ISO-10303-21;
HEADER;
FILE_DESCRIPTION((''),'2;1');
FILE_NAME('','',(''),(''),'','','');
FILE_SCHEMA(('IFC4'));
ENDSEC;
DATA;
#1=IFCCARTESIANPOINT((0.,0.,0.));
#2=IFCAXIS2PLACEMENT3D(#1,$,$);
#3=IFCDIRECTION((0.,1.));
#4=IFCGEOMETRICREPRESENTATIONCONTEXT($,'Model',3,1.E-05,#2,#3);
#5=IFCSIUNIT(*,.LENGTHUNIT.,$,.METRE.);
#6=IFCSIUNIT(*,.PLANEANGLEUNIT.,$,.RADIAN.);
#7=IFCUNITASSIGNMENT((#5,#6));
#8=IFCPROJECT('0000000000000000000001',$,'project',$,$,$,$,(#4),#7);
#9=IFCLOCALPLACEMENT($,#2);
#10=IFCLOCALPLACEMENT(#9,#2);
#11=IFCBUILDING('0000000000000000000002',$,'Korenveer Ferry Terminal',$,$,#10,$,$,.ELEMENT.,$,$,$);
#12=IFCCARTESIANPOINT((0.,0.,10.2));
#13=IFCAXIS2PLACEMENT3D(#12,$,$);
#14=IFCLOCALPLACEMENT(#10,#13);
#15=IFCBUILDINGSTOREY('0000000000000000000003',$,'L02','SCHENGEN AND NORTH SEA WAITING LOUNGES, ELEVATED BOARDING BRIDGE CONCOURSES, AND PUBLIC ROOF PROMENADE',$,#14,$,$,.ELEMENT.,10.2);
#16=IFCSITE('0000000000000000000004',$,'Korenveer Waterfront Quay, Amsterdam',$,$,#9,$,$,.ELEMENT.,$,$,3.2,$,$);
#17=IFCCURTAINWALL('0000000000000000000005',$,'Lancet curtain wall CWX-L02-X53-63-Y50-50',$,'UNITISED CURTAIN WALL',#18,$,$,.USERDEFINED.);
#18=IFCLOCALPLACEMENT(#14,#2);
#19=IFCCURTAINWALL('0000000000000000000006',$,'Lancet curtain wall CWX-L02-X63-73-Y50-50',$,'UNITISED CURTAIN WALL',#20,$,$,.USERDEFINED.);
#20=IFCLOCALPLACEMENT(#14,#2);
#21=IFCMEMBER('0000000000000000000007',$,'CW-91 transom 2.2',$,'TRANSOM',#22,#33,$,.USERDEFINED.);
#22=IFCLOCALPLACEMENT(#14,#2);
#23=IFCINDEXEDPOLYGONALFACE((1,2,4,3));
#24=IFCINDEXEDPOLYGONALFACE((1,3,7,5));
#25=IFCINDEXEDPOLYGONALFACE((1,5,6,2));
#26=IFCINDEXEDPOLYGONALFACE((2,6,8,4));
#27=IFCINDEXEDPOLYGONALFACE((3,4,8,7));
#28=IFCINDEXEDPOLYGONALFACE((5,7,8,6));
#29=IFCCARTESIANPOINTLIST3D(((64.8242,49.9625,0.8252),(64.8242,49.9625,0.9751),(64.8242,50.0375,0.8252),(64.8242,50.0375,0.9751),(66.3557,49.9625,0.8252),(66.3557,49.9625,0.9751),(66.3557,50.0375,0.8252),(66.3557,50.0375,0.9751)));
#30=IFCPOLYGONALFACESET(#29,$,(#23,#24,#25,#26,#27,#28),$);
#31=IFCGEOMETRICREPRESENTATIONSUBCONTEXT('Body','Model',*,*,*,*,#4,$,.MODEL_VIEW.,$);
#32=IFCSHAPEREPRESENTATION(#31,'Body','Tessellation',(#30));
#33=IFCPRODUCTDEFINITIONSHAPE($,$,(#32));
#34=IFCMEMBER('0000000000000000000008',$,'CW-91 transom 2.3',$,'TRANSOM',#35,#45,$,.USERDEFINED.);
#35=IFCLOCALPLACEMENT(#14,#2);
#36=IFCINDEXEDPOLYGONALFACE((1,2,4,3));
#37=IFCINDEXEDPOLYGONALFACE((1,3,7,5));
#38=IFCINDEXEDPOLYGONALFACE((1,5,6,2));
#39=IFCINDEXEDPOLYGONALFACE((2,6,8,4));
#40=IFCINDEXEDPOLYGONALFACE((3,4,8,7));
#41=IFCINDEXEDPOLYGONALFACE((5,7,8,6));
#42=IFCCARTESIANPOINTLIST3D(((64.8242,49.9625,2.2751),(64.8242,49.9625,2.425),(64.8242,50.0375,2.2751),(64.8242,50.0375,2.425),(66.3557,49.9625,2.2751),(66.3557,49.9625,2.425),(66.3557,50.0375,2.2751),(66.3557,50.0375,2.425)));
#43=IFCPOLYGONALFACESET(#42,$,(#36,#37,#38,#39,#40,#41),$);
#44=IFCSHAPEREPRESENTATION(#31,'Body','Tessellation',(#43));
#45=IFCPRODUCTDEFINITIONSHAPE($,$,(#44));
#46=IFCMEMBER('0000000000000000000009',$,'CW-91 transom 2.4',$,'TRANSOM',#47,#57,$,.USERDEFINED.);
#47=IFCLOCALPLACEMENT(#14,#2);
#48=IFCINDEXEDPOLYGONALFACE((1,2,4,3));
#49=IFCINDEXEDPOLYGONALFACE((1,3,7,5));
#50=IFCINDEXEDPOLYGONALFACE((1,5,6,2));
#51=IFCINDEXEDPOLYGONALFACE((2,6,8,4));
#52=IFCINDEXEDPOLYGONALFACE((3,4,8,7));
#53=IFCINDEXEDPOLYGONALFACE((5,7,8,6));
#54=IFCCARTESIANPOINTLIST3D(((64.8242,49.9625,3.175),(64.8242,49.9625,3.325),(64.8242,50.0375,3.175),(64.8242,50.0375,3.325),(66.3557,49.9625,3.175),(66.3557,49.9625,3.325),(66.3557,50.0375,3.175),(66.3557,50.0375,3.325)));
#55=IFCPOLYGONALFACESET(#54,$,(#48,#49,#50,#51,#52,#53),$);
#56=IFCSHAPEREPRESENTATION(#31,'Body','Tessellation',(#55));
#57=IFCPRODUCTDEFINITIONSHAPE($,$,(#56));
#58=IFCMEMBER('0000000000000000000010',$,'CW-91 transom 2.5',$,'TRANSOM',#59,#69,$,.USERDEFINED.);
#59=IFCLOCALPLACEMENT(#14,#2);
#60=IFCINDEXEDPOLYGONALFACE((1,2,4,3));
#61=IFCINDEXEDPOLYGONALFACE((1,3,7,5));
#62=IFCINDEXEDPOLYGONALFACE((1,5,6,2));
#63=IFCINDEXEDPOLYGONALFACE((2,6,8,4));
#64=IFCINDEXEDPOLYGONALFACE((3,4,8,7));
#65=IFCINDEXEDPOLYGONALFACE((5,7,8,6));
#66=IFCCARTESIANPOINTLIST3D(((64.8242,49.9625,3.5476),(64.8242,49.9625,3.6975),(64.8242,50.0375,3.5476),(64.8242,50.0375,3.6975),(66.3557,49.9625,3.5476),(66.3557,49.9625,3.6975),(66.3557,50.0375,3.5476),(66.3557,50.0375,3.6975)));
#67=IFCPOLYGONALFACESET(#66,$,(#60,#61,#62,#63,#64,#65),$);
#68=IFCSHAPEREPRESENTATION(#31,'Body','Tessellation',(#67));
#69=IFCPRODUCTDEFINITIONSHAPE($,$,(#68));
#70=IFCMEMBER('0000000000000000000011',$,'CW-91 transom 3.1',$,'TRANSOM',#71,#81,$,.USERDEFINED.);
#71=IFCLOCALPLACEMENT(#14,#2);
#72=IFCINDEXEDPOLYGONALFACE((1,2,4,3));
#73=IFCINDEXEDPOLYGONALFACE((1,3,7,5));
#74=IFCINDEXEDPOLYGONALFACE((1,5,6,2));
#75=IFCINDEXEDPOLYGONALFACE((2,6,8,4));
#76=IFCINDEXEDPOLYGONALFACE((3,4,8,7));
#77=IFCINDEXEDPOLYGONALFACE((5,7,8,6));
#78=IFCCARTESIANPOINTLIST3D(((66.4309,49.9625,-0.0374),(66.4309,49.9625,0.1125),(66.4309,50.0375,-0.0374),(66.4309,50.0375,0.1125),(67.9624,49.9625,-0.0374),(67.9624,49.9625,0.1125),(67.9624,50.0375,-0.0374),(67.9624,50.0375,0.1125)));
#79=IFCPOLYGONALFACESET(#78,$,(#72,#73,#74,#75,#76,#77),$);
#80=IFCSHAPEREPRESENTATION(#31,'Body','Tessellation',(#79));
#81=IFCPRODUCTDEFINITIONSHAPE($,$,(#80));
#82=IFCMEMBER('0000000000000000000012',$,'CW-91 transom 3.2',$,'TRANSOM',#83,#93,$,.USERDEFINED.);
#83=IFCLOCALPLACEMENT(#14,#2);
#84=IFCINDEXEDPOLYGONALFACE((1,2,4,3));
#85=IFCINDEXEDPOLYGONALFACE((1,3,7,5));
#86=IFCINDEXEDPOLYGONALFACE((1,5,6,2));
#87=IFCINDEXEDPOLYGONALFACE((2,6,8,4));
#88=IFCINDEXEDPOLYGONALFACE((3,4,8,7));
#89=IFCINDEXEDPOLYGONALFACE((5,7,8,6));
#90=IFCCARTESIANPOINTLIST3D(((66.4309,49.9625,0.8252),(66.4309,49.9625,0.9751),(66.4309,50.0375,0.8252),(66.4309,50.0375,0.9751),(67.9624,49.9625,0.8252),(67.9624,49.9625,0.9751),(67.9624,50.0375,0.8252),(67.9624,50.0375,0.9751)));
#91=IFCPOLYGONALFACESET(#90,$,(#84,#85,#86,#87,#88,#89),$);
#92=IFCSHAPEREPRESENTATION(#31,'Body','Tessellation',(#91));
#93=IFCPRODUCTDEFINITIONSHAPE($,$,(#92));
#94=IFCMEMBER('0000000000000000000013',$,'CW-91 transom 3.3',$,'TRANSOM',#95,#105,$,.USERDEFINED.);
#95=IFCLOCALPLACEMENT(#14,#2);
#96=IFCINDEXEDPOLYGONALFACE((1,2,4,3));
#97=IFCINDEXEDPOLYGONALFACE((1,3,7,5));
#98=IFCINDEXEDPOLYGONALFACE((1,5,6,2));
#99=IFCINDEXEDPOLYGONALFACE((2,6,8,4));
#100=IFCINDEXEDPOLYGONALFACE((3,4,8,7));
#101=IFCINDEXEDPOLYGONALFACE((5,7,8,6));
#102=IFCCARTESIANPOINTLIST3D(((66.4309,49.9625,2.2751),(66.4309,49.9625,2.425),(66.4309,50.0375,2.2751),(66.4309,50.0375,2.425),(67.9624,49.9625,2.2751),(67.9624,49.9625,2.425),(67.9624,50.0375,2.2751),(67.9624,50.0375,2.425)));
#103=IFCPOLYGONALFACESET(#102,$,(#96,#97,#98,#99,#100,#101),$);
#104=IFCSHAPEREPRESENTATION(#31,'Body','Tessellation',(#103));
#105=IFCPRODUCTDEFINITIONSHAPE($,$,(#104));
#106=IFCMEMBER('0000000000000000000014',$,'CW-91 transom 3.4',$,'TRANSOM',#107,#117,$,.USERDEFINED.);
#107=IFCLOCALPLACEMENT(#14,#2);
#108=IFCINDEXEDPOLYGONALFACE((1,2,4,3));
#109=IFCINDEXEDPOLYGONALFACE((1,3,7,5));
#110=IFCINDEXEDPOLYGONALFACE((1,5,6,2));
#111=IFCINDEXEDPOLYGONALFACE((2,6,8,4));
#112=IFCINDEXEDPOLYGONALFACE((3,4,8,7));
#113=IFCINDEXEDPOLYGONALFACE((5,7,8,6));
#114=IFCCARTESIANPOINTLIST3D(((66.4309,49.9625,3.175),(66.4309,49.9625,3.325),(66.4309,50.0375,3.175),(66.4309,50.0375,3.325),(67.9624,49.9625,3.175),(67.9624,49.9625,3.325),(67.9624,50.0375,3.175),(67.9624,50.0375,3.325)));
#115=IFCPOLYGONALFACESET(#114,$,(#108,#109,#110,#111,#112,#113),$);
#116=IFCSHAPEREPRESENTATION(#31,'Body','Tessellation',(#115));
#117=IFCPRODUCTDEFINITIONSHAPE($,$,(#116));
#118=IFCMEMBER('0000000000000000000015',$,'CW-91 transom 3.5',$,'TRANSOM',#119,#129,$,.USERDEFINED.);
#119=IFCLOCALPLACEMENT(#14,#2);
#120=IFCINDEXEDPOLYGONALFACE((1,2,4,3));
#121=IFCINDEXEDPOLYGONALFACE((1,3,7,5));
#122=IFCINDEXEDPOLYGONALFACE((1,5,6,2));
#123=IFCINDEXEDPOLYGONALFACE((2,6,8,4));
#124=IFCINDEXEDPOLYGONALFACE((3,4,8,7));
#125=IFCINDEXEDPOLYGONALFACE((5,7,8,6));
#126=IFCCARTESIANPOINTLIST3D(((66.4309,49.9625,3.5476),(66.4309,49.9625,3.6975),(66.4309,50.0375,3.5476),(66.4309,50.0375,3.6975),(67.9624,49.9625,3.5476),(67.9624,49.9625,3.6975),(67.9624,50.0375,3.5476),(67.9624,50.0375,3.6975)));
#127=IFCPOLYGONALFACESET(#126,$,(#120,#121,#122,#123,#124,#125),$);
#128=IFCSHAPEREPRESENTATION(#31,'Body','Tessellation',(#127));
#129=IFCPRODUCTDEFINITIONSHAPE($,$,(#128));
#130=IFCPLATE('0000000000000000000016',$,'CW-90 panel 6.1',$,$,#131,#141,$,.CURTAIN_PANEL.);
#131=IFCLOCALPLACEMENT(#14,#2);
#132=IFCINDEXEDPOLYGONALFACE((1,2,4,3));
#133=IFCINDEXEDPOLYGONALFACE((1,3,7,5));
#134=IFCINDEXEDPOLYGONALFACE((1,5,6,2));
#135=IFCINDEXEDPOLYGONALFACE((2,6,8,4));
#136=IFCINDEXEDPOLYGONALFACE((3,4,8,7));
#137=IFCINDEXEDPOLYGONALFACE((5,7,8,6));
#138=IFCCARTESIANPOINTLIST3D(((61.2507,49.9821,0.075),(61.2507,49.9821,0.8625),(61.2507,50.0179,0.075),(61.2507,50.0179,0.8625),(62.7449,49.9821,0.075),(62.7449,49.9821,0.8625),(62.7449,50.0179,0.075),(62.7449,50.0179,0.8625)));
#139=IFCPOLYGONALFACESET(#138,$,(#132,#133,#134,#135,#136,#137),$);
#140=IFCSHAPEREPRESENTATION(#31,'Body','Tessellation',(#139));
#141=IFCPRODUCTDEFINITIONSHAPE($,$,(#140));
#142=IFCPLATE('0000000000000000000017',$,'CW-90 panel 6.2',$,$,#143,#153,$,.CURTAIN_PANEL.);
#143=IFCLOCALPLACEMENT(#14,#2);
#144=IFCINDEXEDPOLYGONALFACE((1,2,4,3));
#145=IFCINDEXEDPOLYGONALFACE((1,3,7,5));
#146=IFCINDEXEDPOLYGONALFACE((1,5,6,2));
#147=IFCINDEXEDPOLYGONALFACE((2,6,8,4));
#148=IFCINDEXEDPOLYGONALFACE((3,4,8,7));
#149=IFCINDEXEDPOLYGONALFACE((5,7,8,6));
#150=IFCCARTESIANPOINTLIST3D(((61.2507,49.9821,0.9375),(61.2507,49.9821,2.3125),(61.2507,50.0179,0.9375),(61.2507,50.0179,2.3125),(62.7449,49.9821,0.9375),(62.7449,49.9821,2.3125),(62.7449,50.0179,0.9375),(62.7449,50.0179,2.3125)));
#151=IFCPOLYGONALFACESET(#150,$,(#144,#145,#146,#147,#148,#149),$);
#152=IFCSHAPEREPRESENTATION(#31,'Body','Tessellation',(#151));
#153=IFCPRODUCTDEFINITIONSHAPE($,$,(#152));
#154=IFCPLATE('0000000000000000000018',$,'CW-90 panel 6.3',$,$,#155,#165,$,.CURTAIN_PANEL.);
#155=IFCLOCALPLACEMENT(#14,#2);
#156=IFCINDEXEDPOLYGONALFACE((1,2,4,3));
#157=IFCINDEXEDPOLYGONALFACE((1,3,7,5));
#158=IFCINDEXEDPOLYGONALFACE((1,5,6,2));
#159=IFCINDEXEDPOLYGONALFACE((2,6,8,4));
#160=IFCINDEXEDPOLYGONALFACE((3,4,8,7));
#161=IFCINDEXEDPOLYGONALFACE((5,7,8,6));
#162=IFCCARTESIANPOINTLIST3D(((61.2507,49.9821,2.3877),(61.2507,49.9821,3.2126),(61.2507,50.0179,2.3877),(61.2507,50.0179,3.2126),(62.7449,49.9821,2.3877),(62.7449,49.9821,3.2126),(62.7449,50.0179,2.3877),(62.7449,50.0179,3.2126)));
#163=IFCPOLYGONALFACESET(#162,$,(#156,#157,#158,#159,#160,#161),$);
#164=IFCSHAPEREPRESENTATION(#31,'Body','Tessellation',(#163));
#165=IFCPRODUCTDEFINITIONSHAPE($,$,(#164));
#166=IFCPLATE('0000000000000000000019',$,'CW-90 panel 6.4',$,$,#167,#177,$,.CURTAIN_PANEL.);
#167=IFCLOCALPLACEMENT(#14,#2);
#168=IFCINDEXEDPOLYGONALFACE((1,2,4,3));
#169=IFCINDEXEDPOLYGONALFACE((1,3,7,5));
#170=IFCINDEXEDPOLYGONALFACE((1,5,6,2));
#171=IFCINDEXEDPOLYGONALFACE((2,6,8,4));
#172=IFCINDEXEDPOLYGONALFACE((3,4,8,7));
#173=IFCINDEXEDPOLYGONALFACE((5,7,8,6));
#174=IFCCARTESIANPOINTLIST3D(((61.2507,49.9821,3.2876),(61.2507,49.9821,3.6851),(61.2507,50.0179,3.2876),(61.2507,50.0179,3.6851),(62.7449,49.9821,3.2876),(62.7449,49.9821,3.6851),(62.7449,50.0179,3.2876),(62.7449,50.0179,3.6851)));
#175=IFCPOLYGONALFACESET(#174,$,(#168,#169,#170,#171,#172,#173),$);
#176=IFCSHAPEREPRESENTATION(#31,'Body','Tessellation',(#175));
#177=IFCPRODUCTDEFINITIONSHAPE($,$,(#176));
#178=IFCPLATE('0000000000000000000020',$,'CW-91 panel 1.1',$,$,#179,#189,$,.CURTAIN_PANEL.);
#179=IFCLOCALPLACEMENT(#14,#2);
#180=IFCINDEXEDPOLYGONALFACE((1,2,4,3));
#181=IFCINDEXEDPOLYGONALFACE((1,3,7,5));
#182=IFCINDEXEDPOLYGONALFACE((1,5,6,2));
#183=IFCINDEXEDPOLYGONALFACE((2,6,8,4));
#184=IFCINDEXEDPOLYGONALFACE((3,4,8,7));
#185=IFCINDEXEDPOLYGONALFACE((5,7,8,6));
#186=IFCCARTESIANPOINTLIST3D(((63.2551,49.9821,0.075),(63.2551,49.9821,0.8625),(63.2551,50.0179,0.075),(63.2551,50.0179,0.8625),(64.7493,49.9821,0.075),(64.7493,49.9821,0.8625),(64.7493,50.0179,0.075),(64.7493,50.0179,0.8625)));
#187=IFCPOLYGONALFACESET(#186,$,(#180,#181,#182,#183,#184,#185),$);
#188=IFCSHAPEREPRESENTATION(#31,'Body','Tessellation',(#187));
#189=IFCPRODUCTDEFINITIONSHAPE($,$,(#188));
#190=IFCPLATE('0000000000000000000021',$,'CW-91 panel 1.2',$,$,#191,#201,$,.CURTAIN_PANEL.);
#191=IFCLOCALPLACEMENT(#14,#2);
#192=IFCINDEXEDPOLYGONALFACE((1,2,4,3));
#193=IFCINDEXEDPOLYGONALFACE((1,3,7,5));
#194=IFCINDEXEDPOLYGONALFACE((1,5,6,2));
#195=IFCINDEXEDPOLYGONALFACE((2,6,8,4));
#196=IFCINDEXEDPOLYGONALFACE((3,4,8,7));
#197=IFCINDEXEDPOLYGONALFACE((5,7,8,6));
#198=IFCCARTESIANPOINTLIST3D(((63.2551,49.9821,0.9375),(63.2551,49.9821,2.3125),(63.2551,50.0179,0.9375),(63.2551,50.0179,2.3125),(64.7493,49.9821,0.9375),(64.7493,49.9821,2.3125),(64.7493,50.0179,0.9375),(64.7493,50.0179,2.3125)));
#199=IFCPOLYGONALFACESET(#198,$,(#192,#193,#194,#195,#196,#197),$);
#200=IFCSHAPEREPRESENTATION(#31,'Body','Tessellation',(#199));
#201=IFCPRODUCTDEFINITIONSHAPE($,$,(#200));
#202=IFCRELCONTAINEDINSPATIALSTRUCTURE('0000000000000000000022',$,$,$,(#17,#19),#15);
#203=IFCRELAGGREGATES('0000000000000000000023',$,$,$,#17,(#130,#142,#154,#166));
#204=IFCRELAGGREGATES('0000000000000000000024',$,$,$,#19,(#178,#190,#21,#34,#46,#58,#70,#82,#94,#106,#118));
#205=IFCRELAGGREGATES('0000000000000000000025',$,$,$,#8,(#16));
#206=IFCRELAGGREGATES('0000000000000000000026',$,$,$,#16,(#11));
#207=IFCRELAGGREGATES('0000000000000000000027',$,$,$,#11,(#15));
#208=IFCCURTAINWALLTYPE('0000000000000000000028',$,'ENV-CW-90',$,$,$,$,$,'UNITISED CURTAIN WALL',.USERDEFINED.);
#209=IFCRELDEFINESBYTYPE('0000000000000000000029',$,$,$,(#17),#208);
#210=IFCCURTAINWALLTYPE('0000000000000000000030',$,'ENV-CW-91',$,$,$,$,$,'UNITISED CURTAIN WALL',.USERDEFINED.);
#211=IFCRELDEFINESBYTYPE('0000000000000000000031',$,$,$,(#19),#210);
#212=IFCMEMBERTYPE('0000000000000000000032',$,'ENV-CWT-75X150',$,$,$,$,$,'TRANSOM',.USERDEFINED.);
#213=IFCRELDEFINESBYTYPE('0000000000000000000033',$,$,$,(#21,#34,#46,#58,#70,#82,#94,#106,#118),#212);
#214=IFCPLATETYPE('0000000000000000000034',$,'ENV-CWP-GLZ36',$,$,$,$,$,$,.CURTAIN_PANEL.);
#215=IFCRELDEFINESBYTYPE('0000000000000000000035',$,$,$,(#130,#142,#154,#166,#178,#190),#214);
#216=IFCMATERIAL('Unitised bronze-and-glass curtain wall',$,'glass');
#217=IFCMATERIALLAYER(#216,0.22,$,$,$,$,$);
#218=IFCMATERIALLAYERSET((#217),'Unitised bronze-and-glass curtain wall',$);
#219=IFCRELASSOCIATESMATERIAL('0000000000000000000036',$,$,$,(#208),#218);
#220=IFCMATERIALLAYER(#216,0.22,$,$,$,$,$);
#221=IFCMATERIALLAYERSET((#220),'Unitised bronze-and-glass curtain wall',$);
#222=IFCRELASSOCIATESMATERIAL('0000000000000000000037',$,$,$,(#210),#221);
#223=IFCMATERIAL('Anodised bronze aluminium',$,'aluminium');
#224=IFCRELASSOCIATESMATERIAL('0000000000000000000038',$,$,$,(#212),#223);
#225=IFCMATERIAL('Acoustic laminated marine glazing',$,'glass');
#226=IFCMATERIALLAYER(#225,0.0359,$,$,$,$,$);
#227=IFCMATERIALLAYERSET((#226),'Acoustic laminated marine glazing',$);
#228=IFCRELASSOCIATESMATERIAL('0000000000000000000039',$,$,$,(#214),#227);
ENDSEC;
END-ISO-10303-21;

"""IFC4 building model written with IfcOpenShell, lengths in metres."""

from ifc_helpers import new_model, si_unit, direction, frame, origin, origin_2d, place, context, subcontext, project, spatial, rectangle, extrude, material, layer, layer_set, material_profile, profile_set, type_object, element, aggregate, save


model = new_model("IFC4")

# Units and contexts
model_context = context("Model", 3, precision=1e-05, world=origin(), true_north=direction((0.0, 1.0)))
body_context = subcontext(model_context, "Body", "Model", "MODEL_VIEW")
ifc_project = project(units=[si_unit("LENGTHUNIT", "METRE"), si_unit("PLANEANGLEUNIT", "RADIAN")], contexts=[model_context])

# Site, building, storey
site_placement = place(None, origin())
site = spatial("IfcSite", under=ifc_project, at=site_placement, Name="Korenveer Waterfront Quay, Amsterdam", CompositionType="ELEMENT", RefElevation=3.2)
building_placement = place(site_placement, origin())
building = spatial("IfcBuilding", under=site, at=building_placement, Name="Korenveer Ferry Terminal", CompositionType="ELEMENT")
storey_placement = place(building_placement, frame((0.0, 0.0, 10.2)))
storey = spatial("IfcBuildingStorey", under=building, at=storey_placement, Name="L02", Description="SCHENGEN AND NORTH SEA WAITING LOUNGES, ELEVATED BOARDING BRIDGE CONCOURSES, AND PUBLIC ROOF PROMENADE", CompositionType="ELEMENT", Elevation=10.2)

# Curtain wall
ifc_material_1 = material(Name="Unitised bronze-and-glass curtain wall", Category="glass")
ifc_layer_1 = layer(ifc_material_1, 0.22)
ifc_layer_set_1 = layer_set([ifc_layer_1], Name="Unitised bronze-and-glass curtain wall")
curtain_wall_type_1 = type_object("IfcCurtainWallType", Name="ENV-CW-90", ElementType="UNITISED CURTAIN WALL", PredefinedType="USERDEFINED", material=ifc_layer_set_1)
curtain_wall_1_placement = place(storey_placement, frame((53.1799, 50.0, 0.0)))
curtain_wall_1 = element("IfcCurtainWall", 1, at=curtain_wall_1_placement, inside=storey, type_object=curtain_wall_type_1, Name="Lancet curtain wall CWX-L02-X53-63-Y50-50", ObjectType="UNITISED CURTAIN WALL", PredefinedType="USERDEFINED")
ifc_material_2 = material(Name="Anodised bronze aluminium", Category="aluminium")

# Curtain wall
ifc_layer_2 = layer(ifc_material_1, 0.22)
ifc_layer_set_2 = layer_set([ifc_layer_2], Name="Unitised bronze-and-glass curtain wall")
curtain_wall_type_2 = type_object("IfcCurtainWallType", Name="ENV-CW-91", ElementType="UNITISED CURTAIN WALL", PredefinedType="USERDEFINED", material=ifc_layer_set_2)
curtain_wall_2_placement = place(storey_placement, frame((63.1799, 50.0, 0.0)))
curtain_wall_2 = element("IfcCurtainWall", 2, at=curtain_wall_2_placement, inside=storey, type_object=curtain_wall_type_2, Name="Lancet curtain wall CWX-L02-X63-73-Y50-50", ObjectType="UNITISED CURTAIN WALL", PredefinedType="USERDEFINED")

# Members
ifc_material_profile_1 = material_profile(ifc_material_2, rectangle(XDim=0.075, YDim=0.1499, at=origin_2d()), Name="ALU 75x150")
ifc_profile_set_1 = profile_set([ifc_material_profile_1], Name="Anodised bronze aluminium")
member_type_1 = type_object("IfcMemberType", Name="ENV-CWT-75X150", ElementType="TRANSOM", PredefinedType="USERDEFINED", material=ifc_profile_set_1)
member_1_placement = place(storey_placement, frame((64.8242, 50.0, 0.9001), z_axis=(1.0, 0.0, 0.0), x_axis=(0.0, 1.0, 0.0)))
member_1 = element("IfcMember", 3, at=member_1_placement, type_object=member_type_1, Name="CW-91 transom 2.2", ObjectType="TRANSOM", PredefinedType="USERDEFINED", context=body_context, shape_type="SweptSolid", body=[
    extrude(rectangle(XDim=0.075, YDim=0.1499, at=origin_2d()), origin(), (0.0, 0.0, 1.0), 1.5315),
])
member_2_placement = place(storey_placement, frame((64.8242, 50.0, 2.3501), z_axis=(1.0, 0.0, 0.0), x_axis=(0.0, 1.0, 0.0)))
member_2 = element("IfcMember", 4, at=member_2_placement, type_object=member_type_1, Name="CW-91 transom 2.3", ObjectType="TRANSOM", PredefinedType="USERDEFINED", context=body_context, shape_type="SweptSolid", body=[
    extrude(rectangle(XDim=0.075, YDim=0.1499, at=origin_2d()), origin(), (0.0, 0.0, 1.0), 1.5315),
])
member_3_placement = place(storey_placement, frame((64.8242, 50.0, 3.25), z_axis=(1.0, 0.0, 0.0), x_axis=(0.0, 1.0, 0.0)))
member_3 = element("IfcMember", 5, at=member_3_placement, type_object=member_type_1, Name="CW-91 transom 2.4", ObjectType="TRANSOM", PredefinedType="USERDEFINED", context=body_context, shape_type="SweptSolid", body=[
    extrude(rectangle(XDim=0.075, YDim=0.1499, at=origin_2d()), origin(), (0.0, 0.0, 1.0), 1.5315),
])
member_4_placement = place(storey_placement, frame((64.8242, 50.0, 3.6226), z_axis=(1.0, 0.0, 0.0), x_axis=(0.0, 1.0, 0.0)))
member_4 = element("IfcMember", 6, at=member_4_placement, type_object=member_type_1, Name="CW-91 transom 2.5", ObjectType="TRANSOM", PredefinedType="USERDEFINED", context=body_context, shape_type="SweptSolid", body=[
    extrude(rectangle(XDim=0.075, YDim=0.1499, at=origin_2d()), origin(), (0.0, 0.0, 1.0), 1.5315),
])
member_5_placement = place(storey_placement, frame((66.4309, 50.0, 0.0376), z_axis=(1.0, 0.0, 0.0), x_axis=(0.0, 1.0, 0.0)))
member_5 = element("IfcMember", 7, at=member_5_placement, type_object=member_type_1, Name="CW-91 transom 3.1", ObjectType="TRANSOM", PredefinedType="USERDEFINED", context=body_context, shape_type="SweptSolid", body=[
    extrude(rectangle(XDim=0.075, YDim=0.1499, at=origin_2d()), origin(), (0.0, 0.0, 1.0), 1.5315),
])
member_6_placement = place(storey_placement, frame((66.4309, 50.0, 0.9001), z_axis=(1.0, 0.0, 0.0), x_axis=(0.0, 1.0, 0.0)))
member_6 = element("IfcMember", 8, at=member_6_placement, type_object=member_type_1, Name="CW-91 transom 3.2", ObjectType="TRANSOM", PredefinedType="USERDEFINED", context=body_context, shape_type="SweptSolid", body=[
    extrude(rectangle(XDim=0.075, YDim=0.1499, at=origin_2d()), origin(), (0.0, 0.0, 1.0), 1.5315),
])
member_7_placement = place(storey_placement, frame((66.4309, 50.0, 2.3501), z_axis=(1.0, 0.0, 0.0), x_axis=(0.0, 1.0, 0.0)))
member_7 = element("IfcMember", 9, at=member_7_placement, type_object=member_type_1, Name="CW-91 transom 3.3", ObjectType="TRANSOM", PredefinedType="USERDEFINED", context=body_context, shape_type="SweptSolid", body=[
    extrude(rectangle(XDim=0.075, YDim=0.1499, at=origin_2d()), origin(), (0.0, 0.0, 1.0), 1.5315),
])
member_8_placement = place(storey_placement, frame((66.4309, 50.0, 3.25), z_axis=(1.0, 0.0, 0.0), x_axis=(0.0, 1.0, 0.0)))
member_8 = element("IfcMember", 10, at=member_8_placement, type_object=member_type_1, Name="CW-91 transom 3.4", ObjectType="TRANSOM", PredefinedType="USERDEFINED", context=body_context, shape_type="SweptSolid", body=[
    extrude(rectangle(XDim=0.075, YDim=0.1499, at=origin_2d()), origin(), (0.0, 0.0, 1.0), 1.5315),
])
member_9_placement = place(storey_placement, frame((66.4309, 50.0, 3.6226), z_axis=(1.0, 0.0, 0.0), x_axis=(0.0, 1.0, 0.0)))
member_9 = element("IfcMember", 11, at=member_9_placement, type_object=member_type_1, Name="CW-91 transom 3.5", ObjectType="TRANSOM", PredefinedType="USERDEFINED", context=body_context, shape_type="SweptSolid", body=[
    extrude(rectangle(XDim=0.075, YDim=0.1499, at=origin_2d()), origin(), (0.0, 0.0, 1.0), 1.5315),
])

# Plates
ifc_material_3 = material(Name="Acoustic laminated marine glazing", Category="glass")
ifc_layer_3 = layer(ifc_material_3, 0.0359)
ifc_layer_set_3 = layer_set([ifc_layer_3], Name="Acoustic laminated marine glazing")
plate_type = type_object("IfcPlateType", Name="ENV-CWP-GLZ36", PredefinedType="CURTAIN_PANEL", material=ifc_layer_set_3)
plate_1_placement = place(storey_placement, frame((61.9978, 50.0, 0.075), z_axis=(0.0, 0.0, 1.0), x_axis=(1.0, 0.0, 0.0)))
plate_1 = element("IfcPlate", 12, at=plate_1_placement, type_object=plate_type, Name="CW-90 panel 6.1", PredefinedType="CURTAIN_PANEL", context=body_context, shape_type="SweptSolid", body=[
    extrude(rectangle(XDim=1.4941, YDim=0.0359, at=origin_2d()), origin(), (0.0, 0.0, 1.0), 0.7876),
])
plate_2_placement = place(storey_placement, frame((61.9978, 50.0, 0.9375), z_axis=(0.0, 0.0, 1.0), x_axis=(1.0, 0.0, 0.0)))
plate_2 = element("IfcPlate", 13, at=plate_2_placement, type_object=plate_type, Name="CW-90 panel 6.2", PredefinedType="CURTAIN_PANEL", context=body_context, shape_type="SweptSolid", body=[
    extrude(rectangle(XDim=1.4941, YDim=0.0359, at=origin_2d()), origin(), (0.0, 0.0, 1.0), 1.375),
])
plate_3_placement = place(storey_placement, frame((61.9978, 50.0, 2.3877), z_axis=(0.0, 0.0, 1.0), x_axis=(1.0, 0.0, 0.0)))
plate_3 = element("IfcPlate", 14, at=plate_3_placement, type_object=plate_type, Name="CW-90 panel 6.3", PredefinedType="CURTAIN_PANEL", context=body_context, shape_type="SweptSolid", body=[
    extrude(rectangle(XDim=1.4941, YDim=0.0359, at=origin_2d()), origin(), (0.0, 0.0, 1.0), 0.825),
])
plate_4_placement = place(storey_placement, frame((61.9978, 50.0, 3.2876), z_axis=(0.0, 0.0, 1.0), x_axis=(1.0, 0.0, 0.0)))
plate_4 = element("IfcPlate", 15, at=plate_4_placement, type_object=plate_type, Name="CW-90 panel 6.4", PredefinedType="CURTAIN_PANEL", context=body_context, shape_type="SweptSolid", body=[
    extrude(rectangle(XDim=1.4941, YDim=0.0359, at=origin_2d()), origin(), (0.0, 0.0, 1.0), 0.3975),
])
aggregate(curtain_wall_1, [plate_1, plate_2, plate_3, plate_4])
plate_5_placement = place(storey_placement, frame((64.0022, 50.0, 0.075), z_axis=(0.0, 0.0, 1.0), x_axis=(1.0, 0.0, 0.0)))
plate_5 = element("IfcPlate", 16, at=plate_5_placement, type_object=plate_type, Name="CW-91 panel 1.1", PredefinedType="CURTAIN_PANEL", context=body_context, shape_type="SweptSolid", body=[
    extrude(rectangle(XDim=1.4941, YDim=0.0359, at=origin_2d()), origin(), (0.0, 0.0, 1.0), 0.7876),
])
plate_6_placement = place(storey_placement, frame((64.0022, 50.0, 0.9375), z_axis=(0.0, 0.0, 1.0), x_axis=(1.0, 0.0, 0.0)))
plate_6 = element("IfcPlate", 17, at=plate_6_placement, type_object=plate_type, Name="CW-91 panel 1.2", PredefinedType="CURTAIN_PANEL", context=body_context, shape_type="SweptSolid", body=[
    extrude(rectangle(XDim=1.4941, YDim=0.0359, at=origin_2d()), origin(), (0.0, 0.0, 1.0), 1.375),
])
aggregate(curtain_wall_2, [plate_5, plate_6, member_1, member_2, member_3, member_4, member_5, member_6, member_7, member_8, member_9])

save(model, "model.ifc")
